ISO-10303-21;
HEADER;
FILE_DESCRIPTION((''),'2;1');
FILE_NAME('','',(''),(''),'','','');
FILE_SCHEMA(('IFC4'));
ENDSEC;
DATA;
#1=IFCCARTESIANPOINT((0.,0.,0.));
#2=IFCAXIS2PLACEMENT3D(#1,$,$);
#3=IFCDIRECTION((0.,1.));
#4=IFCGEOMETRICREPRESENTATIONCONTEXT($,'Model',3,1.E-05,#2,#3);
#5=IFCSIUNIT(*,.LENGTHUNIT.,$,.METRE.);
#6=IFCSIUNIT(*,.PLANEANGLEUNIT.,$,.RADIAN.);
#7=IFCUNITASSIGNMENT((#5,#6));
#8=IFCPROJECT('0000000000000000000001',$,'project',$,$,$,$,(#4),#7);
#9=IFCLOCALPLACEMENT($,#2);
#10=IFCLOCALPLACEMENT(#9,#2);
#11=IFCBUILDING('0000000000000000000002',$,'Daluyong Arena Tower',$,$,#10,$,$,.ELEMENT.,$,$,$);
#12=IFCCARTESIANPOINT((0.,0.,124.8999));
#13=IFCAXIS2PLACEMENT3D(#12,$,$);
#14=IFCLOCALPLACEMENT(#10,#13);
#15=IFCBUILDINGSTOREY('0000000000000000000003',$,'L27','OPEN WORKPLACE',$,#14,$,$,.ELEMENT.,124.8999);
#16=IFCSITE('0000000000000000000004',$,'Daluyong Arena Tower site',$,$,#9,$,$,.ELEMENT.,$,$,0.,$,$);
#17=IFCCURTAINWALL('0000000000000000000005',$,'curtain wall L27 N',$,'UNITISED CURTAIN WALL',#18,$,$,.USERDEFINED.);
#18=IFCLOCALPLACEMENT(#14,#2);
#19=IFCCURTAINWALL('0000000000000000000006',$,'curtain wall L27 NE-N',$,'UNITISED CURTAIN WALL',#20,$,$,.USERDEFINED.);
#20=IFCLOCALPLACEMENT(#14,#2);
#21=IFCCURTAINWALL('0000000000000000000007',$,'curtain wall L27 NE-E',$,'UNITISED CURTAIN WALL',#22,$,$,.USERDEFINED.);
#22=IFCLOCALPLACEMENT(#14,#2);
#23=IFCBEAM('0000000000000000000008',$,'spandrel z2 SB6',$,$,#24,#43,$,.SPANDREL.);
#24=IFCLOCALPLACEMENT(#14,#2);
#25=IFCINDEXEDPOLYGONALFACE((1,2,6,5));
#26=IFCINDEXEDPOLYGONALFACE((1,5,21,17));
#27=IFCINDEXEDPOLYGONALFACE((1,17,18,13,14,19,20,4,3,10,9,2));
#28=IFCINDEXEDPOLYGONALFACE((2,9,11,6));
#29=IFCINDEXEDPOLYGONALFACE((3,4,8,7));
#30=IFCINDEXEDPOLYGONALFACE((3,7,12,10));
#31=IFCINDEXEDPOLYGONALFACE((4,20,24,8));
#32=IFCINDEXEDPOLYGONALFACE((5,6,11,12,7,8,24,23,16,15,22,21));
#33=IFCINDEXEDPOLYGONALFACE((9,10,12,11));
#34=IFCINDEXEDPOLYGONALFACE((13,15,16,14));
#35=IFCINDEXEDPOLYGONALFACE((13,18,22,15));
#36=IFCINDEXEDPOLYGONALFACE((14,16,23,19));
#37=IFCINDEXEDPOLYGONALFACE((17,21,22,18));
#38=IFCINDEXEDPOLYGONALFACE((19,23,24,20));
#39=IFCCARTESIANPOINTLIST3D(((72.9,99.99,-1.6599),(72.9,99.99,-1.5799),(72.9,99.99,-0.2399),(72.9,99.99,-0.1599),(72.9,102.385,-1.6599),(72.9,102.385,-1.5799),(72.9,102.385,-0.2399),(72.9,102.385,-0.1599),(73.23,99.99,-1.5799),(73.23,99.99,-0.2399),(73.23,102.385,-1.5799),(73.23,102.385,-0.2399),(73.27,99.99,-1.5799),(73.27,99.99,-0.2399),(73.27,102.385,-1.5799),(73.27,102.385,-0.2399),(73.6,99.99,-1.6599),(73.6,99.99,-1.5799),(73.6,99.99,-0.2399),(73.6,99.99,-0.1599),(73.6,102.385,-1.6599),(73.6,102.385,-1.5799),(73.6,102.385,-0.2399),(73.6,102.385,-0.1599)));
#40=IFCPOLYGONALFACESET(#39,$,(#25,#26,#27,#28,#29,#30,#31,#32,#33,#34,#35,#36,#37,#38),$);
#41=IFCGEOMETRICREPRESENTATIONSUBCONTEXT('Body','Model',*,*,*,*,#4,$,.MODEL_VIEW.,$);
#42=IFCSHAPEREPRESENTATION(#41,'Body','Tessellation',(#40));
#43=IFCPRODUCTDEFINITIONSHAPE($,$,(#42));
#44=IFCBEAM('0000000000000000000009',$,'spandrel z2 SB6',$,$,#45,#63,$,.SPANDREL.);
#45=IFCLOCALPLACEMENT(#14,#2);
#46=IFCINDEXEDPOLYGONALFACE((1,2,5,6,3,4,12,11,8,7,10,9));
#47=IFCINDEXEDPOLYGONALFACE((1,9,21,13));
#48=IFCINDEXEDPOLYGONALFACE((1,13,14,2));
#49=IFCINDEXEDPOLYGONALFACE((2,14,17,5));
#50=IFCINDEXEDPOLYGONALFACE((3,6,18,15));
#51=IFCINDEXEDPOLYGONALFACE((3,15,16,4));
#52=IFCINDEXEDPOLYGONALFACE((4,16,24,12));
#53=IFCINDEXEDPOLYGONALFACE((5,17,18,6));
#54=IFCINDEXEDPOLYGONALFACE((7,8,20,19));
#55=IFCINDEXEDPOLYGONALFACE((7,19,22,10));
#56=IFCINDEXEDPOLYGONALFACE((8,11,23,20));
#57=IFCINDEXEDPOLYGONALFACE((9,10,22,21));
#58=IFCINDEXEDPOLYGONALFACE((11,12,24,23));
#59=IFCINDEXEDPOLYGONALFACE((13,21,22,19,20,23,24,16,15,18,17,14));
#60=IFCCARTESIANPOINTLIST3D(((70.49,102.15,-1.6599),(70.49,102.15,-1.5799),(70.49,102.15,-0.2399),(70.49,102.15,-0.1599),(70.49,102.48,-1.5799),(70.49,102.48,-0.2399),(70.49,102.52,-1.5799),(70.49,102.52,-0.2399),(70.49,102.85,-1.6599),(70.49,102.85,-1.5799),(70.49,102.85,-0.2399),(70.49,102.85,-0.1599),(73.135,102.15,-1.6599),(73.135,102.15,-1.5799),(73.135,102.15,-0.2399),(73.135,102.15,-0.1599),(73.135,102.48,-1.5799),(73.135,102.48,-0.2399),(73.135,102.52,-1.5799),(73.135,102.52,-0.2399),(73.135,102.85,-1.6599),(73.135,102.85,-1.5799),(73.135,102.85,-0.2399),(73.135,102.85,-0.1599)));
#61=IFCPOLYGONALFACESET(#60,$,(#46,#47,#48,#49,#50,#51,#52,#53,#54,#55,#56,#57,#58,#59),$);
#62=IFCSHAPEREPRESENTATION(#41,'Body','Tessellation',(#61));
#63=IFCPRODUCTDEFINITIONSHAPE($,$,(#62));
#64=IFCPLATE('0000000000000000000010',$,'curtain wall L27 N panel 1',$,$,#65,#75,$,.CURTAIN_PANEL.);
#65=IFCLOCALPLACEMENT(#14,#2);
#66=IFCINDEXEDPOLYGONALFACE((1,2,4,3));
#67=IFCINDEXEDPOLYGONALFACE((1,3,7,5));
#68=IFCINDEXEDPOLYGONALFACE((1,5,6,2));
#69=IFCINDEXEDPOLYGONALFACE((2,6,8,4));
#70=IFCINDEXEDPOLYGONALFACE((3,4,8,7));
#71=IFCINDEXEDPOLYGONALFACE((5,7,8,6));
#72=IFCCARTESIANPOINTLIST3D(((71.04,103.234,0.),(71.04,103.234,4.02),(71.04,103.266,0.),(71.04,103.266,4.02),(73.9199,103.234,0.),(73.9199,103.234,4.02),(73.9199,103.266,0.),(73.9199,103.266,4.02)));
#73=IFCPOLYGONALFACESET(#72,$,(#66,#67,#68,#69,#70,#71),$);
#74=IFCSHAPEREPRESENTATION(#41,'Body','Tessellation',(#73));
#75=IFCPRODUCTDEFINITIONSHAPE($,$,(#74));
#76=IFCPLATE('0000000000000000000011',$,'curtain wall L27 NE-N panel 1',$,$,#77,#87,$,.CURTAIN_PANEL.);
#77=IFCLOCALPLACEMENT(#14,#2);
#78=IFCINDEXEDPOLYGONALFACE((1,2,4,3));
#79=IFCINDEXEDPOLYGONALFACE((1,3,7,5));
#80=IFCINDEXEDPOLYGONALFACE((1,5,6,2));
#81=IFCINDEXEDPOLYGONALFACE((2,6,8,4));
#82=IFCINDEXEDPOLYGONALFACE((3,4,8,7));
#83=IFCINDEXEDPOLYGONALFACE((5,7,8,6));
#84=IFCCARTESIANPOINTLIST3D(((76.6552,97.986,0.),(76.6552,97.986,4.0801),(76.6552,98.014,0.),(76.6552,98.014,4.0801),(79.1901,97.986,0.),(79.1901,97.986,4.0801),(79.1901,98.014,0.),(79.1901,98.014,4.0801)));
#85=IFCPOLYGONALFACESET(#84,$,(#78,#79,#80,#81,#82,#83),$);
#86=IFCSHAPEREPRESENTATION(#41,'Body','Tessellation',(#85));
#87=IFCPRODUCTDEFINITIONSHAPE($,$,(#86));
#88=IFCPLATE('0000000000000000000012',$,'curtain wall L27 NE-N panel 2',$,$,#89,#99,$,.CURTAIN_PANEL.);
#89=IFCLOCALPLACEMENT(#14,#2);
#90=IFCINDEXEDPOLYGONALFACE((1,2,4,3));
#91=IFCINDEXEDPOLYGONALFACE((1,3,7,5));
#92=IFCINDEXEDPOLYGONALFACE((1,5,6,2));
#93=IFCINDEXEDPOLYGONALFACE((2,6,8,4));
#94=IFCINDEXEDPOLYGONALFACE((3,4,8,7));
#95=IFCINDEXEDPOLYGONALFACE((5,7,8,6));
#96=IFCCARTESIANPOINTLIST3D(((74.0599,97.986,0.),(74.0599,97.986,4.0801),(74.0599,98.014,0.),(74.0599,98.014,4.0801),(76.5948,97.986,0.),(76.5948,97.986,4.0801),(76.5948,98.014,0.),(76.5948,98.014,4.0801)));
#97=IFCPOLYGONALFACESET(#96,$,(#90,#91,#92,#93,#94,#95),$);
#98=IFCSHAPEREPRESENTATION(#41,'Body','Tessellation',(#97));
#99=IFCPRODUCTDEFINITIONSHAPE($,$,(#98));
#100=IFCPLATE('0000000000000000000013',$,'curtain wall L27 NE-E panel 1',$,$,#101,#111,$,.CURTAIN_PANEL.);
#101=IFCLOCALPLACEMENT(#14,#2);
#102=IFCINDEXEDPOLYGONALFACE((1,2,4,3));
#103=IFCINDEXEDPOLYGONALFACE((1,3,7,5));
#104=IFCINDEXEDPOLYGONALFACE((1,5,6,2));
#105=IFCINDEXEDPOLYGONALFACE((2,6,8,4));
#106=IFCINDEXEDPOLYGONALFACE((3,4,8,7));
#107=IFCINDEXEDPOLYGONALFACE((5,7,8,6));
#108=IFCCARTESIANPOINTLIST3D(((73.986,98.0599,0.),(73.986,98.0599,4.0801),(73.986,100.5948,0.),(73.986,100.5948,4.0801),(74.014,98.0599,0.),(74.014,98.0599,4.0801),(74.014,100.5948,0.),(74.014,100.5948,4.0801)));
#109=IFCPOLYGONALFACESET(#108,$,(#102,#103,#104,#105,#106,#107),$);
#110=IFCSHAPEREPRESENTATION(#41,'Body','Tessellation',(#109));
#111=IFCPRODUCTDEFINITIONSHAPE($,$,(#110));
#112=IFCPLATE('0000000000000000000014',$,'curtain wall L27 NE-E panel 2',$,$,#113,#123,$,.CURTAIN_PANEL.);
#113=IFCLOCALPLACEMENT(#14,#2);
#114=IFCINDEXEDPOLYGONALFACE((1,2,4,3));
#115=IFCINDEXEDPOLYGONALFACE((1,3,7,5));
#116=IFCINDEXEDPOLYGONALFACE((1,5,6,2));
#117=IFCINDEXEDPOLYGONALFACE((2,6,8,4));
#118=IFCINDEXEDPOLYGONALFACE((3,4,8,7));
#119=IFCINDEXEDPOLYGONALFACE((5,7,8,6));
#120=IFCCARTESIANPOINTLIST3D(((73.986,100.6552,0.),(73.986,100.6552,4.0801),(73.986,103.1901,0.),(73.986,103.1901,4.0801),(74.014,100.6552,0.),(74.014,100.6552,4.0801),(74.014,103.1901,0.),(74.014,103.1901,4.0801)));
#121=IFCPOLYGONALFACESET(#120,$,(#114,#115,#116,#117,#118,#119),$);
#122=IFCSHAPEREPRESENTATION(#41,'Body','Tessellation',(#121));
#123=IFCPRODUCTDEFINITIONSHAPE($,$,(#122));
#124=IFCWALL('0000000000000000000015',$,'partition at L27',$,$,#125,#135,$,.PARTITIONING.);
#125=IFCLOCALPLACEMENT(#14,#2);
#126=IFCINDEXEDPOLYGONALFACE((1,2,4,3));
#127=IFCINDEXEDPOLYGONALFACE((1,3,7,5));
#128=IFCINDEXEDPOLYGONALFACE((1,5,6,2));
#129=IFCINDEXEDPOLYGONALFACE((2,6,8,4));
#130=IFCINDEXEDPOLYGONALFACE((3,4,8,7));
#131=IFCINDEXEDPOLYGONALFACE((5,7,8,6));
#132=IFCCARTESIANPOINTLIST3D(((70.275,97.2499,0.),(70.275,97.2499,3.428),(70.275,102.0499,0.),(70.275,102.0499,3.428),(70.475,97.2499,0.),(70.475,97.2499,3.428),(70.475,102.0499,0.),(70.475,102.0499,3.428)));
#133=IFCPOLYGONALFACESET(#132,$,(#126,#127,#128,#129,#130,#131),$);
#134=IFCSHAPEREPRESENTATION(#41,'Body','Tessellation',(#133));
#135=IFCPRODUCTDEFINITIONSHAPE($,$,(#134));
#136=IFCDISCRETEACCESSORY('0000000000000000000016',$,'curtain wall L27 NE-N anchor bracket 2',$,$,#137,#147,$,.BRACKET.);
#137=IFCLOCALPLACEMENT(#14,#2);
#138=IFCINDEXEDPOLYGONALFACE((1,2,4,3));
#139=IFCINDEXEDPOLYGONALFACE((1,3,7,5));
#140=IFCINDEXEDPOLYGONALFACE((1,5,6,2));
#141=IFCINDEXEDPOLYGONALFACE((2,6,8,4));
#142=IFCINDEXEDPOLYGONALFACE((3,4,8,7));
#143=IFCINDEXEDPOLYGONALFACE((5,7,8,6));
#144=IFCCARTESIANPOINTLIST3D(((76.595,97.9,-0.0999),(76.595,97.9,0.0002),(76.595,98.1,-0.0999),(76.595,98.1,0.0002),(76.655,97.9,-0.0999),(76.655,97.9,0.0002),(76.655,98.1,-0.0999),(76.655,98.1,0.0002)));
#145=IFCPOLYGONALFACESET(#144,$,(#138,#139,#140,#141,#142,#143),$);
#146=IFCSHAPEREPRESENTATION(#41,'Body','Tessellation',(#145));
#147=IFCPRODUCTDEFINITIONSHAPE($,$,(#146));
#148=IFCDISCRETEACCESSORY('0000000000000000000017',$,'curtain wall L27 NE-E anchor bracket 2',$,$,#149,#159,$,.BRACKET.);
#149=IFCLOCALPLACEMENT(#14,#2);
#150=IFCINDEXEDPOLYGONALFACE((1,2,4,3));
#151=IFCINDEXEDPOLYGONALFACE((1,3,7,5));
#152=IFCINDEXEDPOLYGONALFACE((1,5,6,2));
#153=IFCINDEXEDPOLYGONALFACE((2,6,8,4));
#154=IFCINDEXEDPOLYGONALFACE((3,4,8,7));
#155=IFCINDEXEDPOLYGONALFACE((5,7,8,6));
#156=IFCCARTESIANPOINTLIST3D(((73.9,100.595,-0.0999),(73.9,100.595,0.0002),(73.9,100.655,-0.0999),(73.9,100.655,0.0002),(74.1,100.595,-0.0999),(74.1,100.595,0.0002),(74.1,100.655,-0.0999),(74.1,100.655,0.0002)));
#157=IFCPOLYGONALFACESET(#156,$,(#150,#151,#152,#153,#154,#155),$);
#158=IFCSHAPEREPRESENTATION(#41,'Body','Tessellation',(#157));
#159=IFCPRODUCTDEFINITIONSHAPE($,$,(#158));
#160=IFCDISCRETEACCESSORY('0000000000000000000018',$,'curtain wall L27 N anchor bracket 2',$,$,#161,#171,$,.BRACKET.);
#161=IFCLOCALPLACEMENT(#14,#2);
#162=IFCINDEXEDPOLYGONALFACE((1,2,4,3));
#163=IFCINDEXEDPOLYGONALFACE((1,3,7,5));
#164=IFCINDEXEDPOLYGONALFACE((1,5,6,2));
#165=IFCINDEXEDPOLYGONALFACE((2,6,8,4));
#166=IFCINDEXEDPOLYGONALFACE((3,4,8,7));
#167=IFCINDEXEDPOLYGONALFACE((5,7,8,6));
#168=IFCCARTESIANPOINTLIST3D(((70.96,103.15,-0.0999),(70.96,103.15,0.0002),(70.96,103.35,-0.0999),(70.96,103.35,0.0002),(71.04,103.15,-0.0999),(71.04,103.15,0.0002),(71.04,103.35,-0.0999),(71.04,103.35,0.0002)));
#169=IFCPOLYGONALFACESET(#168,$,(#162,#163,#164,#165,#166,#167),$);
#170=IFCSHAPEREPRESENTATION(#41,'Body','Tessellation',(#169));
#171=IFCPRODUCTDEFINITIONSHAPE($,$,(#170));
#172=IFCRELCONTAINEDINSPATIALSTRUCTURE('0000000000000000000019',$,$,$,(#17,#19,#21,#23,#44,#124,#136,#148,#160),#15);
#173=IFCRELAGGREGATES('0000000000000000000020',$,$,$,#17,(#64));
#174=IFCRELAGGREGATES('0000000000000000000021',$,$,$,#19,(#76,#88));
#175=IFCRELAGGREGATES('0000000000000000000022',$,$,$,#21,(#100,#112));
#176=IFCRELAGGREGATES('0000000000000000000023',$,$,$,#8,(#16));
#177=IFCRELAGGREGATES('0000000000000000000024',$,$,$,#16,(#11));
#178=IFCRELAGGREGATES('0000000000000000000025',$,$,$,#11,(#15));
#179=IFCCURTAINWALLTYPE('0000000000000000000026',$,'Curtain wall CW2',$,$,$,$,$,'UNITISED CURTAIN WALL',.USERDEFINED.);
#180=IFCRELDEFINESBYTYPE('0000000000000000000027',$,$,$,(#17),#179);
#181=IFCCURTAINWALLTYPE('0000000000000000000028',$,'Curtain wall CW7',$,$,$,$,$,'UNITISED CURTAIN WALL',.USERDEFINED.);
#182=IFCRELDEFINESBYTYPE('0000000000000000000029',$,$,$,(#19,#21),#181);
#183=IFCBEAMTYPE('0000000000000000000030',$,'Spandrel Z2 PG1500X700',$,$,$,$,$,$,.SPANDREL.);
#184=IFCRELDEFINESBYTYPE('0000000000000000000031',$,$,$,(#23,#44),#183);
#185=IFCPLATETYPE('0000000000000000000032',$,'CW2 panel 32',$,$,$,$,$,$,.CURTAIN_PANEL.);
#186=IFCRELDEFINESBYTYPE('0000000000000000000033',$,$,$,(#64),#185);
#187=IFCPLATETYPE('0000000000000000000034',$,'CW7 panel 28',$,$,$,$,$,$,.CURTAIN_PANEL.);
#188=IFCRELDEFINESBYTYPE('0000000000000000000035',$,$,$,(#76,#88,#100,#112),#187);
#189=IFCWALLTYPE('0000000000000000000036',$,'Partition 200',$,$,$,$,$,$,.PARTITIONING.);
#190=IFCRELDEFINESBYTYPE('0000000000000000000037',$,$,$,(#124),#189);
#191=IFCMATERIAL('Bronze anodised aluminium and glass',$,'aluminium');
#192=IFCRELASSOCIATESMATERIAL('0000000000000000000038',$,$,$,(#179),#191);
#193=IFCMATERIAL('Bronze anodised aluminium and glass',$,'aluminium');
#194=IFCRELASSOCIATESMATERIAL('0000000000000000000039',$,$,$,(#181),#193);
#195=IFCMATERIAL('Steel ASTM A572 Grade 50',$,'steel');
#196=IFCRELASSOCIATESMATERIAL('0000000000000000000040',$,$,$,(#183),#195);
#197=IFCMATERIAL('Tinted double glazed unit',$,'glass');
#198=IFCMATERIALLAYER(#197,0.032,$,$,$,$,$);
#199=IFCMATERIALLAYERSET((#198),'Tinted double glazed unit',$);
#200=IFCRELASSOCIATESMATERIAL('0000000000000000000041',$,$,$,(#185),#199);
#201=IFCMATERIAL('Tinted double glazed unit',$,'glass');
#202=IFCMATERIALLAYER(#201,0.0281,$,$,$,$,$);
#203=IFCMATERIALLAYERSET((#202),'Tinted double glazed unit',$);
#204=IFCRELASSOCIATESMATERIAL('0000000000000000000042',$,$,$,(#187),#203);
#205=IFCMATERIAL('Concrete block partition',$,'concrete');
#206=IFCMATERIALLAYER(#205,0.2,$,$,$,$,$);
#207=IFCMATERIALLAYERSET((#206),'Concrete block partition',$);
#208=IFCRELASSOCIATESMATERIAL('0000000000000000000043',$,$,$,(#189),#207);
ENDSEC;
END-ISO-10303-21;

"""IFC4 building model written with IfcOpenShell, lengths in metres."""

from ifc_helpers import new_model, si_unit, direction, frame, frame_2d, origin, origin_2d, place, context, subcontext, project, spatial, rectangle, i_section, extrude, material, layer, layer_set, material_profile, profile_set, type_object, element, aggregate, save


model = new_model("IFC4")

# Units and contexts
model_context = context("Model", 3, precision=1e-05, world=origin(), true_north=direction((0.0, 1.0)))
body_context = subcontext(model_context, "Body", "Model", "MODEL_VIEW")
ifc_project = project(units=[si_unit("LENGTHUNIT", "METRE"), si_unit("PLANEANGLEUNIT", "RADIAN")], contexts=[model_context])

# Site, building, storey
site_placement = place(None, origin())
site = spatial("IfcSite", under=ifc_project, at=site_placement, Name="Daluyong Arena Tower site", CompositionType="ELEMENT", RefElevation=0.0)
building_placement = place(site_placement, origin())
building = spatial("IfcBuilding", under=site, at=building_placement, Name="Daluyong Arena Tower", CompositionType="ELEMENT")
storey_placement = place(building_placement, frame((0.0, 0.0, 124.8999)))
storey = spatial("IfcBuildingStorey", under=building, at=storey_placement, Name="L27", Description="OPEN WORKPLACE", CompositionType="ELEMENT", Elevation=124.8999)

# Shared definitions
ifc_material_1 = material(Name="Bronze anodised aluminium and glass", Category="aluminium")
curtain_wall_type_1 = type_object("IfcCurtainWallType", Name="Curtain wall CW2", ElementType="UNITISED CURTAIN WALL", PredefinedType="USERDEFINED", material=ifc_material_1)

# Curtain walls
curtain_wall_1_placement = place(storey_placement, origin())
curtain_wall_1 = element("IfcCurtainWall", 1, at=curtain_wall_1_placement, inside=storey, type_object=curtain_wall_type_1, Name="curtain wall L27 N", ObjectType="UNITISED CURTAIN WALL", PredefinedType="USERDEFINED")
ifc_material_2 = material(Name="Bronze anodised aluminium and glass", Category="aluminium")
curtain_wall_type_2 = type_object("IfcCurtainWallType", Name="Curtain wall CW7", ElementType="UNITISED CURTAIN WALL", PredefinedType="USERDEFINED", material=ifc_material_2)
curtain_wall_2_placement = place(storey_placement, origin())
curtain_wall_2 = element("IfcCurtainWall", 2, at=curtain_wall_2_placement, inside=storey, type_object=curtain_wall_type_2, Name="curtain wall L27 NE-N", ObjectType="UNITISED CURTAIN WALL", PredefinedType="USERDEFINED")
curtain_wall_3_placement = place(storey_placement, origin())
curtain_wall_3 = element("IfcCurtainWall", 3, at=curtain_wall_3_placement, inside=storey, type_object=curtain_wall_type_2, Name="curtain wall L27 NE-E", ObjectType="UNITISED CURTAIN WALL", PredefinedType="USERDEFINED")

# Beams
ifc_material_3 = material(Name="Steel ASTM A572 Grade 50", Category="steel")
ifc_material_profile_1 = material_profile(ifc_material_3, i_section(OverallWidth=0.7, OverallDepth=1.5, WebThickness=0.04, FlangeThickness=0.08, at=origin_2d()))
ifc_profile_set_1 = profile_set([ifc_material_profile_1], Name="Steel ASTM A572 Grade 50")
beam_type_1 = type_object("IfcBeamType", Name="Spandrel Z2 PG1500X700", PredefinedType="SPANDREL", material=ifc_profile_set_1)
for number, where, z_axis, x_axis, name in (
    (4, (73.25, 99.99, -0.9099), (0.0, 1.0, 0.0), (-1.0, 0.0, 0.0), "spandrel z2 SB6"),
):
    element("IfcBeam", number, at=place(storey_placement, frame(where, z_axis=z_axis, x_axis=x_axis)), inside=storey, type_object=beam_type_1, Name=name, PredefinedType="SPANDREL", context=body_context, shape_type="SweptSolid", body=[
        extrude(i_section(OverallWidth=0.7, OverallDepth=1.5, WebThickness=0.04, FlangeThickness=0.08, at=origin_2d()), origin(), (0.0, 0.0, 1.0), 2.395),
    ])
beam_1_placement = place(storey_placement, frame((73.135, 102.5, -0.9099), z_axis=(-1.0, 0.0, 0.0), x_axis=(0.0, -1.0, 0.0)))
element("IfcBeam", 5, at=beam_1_placement, inside=storey, type_object=beam_type_1, Name="spandrel z2 SB6", PredefinedType="SPANDREL", context=body_context, shape_type="SweptSolid", body=[
    extrude(i_section(OverallWidth=0.7, OverallDepth=1.5, WebThickness=0.04, FlangeThickness=0.08, at=origin_2d()), origin(), (0.0, 0.0, 1.0), 2.645),
])

# Plates
ifc_material_4 = material(Name="Tinted double glazed unit", Category="glass")
ifc_layer_1 = layer(ifc_material_4, 0.032)
ifc_layer_set_1 = layer_set([ifc_layer_1], Name="Tinted double glazed unit")
plate_type_1 = type_object("IfcPlateType", Name="CW2 panel 32", PredefinedType="CURTAIN_PANEL", material=ifc_layer_set_1)
plate_1_placement = place(storey_placement, frame((72.48, 103.25, 0.0), z_axis=(0.0, 0.0, 1.0), x_axis=(-1.0, 0.0, 0.0)))
plate_1 = element("IfcPlate", 6, at=plate_1_placement, type_object=plate_type_1, Name="curtain wall L27 N panel 1", PredefinedType="CURTAIN_PANEL", context=body_context, shape_type="SweptSolid", body=[
    extrude(rectangle(XDim=2.8799, YDim=0.032, at=origin_2d()), origin(), (0.0, 0.0, 1.0), 4.02),
])
aggregate(curtain_wall_1, [plate_1])
ifc_material_5 = material(Name="Tinted double glazed unit", Category="glass")
ifc_layer_2 = layer(ifc_material_5, 0.0281)
ifc_layer_set_2 = layer_set([ifc_layer_2], Name="Tinted double glazed unit")
plate_type_2 = type_object("IfcPlateType", Name="CW7 panel 28", PredefinedType="CURTAIN_PANEL", material=ifc_layer_set_2)
plate_2_placement = place(storey_placement, frame((77.9226, 98.0, 0.0), z_axis=(0.0, 0.0, 1.0), x_axis=(-1.0, 0.0, 0.0)))
plate_2 = element("IfcPlate", 7, at=plate_2_placement, type_object=plate_type_2, Name="curtain wall L27 NE-N panel 1", PredefinedType="CURTAIN_PANEL", context=body_context, shape_type="SweptSolid", body=[
    extrude(rectangle(XDim=2.5349, YDim=0.0281, at=origin_2d()), origin(), (0.0, 0.0, 1.0), 4.0801),
])
plate_3_placement = place(storey_placement, frame((75.3274, 98.0, 0.0), z_axis=(0.0, 0.0, 1.0), x_axis=(-1.0, 0.0, 0.0)))
plate_3 = element("IfcPlate", 8, at=plate_3_placement, type_object=plate_type_2, Name="curtain wall L27 NE-N panel 2", PredefinedType="CURTAIN_PANEL", context=body_context, shape_type="SweptSolid", body=[
    extrude(rectangle(XDim=2.5349, YDim=0.0281, at=origin_2d()), origin(), (0.0, 0.0, 1.0), 4.0801),
])
aggregate(curtain_wall_2, [plate_2, plate_3])
plate_4_placement = place(storey_placement, frame((74.0, 99.3274, 0.0), z_axis=(0.0, 0.0, 1.0), x_axis=(0.0, 1.0, 0.0)))
plate_4 = element("IfcPlate", 9, at=plate_4_placement, type_object=plate_type_2, Name="curtain wall L27 NE-E panel 1", PredefinedType="CURTAIN_PANEL", context=body_context, shape_type="SweptSolid", body=[
    extrude(rectangle(XDim=2.5349, YDim=0.0281, at=origin_2d()), origin(), (0.0, 0.0, 1.0), 4.0801),
])
plate_5_placement = place(storey_placement, frame((74.0, 101.9226, 0.0), z_axis=(0.0, 0.0, 1.0), x_axis=(0.0, 1.0, 0.0)))
plate_5 = element("IfcPlate", 10, at=plate_5_placement, type_object=plate_type_2, Name="curtain wall L27 NE-E panel 2", PredefinedType="CURTAIN_PANEL", context=body_context, shape_type="SweptSolid", body=[
    extrude(rectangle(XDim=2.5349, YDim=0.0281, at=origin_2d()), origin(), (0.0, 0.0, 1.0), 4.0801),
])
aggregate(curtain_wall_3, [plate_4, plate_5])

# Wall
ifc_material_6 = material(Name="Concrete block partition", Category="concrete")
ifc_layer_3 = layer(ifc_material_6, 0.2)
ifc_layer_set_3 = layer_set([ifc_layer_3], Name="Concrete block partition")
wall_type = type_object("IfcWallType", Name="Partition 200", PredefinedType="PARTITIONING", material=ifc_layer_set_3)
wall_placement = place(storey_placement, frame((70.375, 97.25, 0.0), z_axis=(0.0, 0.0, 1.0), x_axis=(0.0, 1.0, 0.0)))
element("IfcWall", 11, at=wall_placement, inside=storey, type_object=wall_type, Name="partition at L27", PredefinedType="PARTITIONING", context=body_context, shape_type="SweptSolid", body=[
    extrude(rectangle(XDim=4.8, YDim=0.2, at=frame_2d((2.3999, 0.0))), origin(), (0.0, 0.0, 1.0), 3.428),
])

# Discrete accessories
for number, where, z_axis, x_axis, name in (
    (12, (76.625, 98.0, -0.0999), (0.0, 0.0, 1.0), (-1.0, 0.0, 0.0), "curtain wall L27 NE-N anchor bracket 2"),
    (13, (74.0, 100.625, -0.0999), (0.0, 0.0, 1.0), (0.0, 1.0, 0.0), "curtain wall L27 NE-E anchor bracket 2"),
):
    element("IfcDiscreteAccessory", number, at=place(storey_placement, frame(where, z_axis=z_axis, x_axis=x_axis)), inside=storey, Name=name, PredefinedType="BRACKET", context=body_context, shape_type="SweptSolid", body=[
        extrude(rectangle(XDim=0.0601, YDim=0.2, at=origin_2d()), origin(), (0.0, 0.0, 1.0), 0.1001),
    ])
discrete_accessory_placement = place(storey_placement, frame((71.0, 103.25, -0.0999), z_axis=(0.0, 0.0, 1.0), x_axis=(-1.0, 0.0, 0.0)))
element("IfcDiscreteAccessory", 14, at=discrete_accessory_placement, inside=storey, Name="curtain wall L27 N anchor bracket 2", PredefinedType="BRACKET", context=body_context, shape_type="SweptSolid", body=[
    extrude(rectangle(XDim=0.0801, YDim=0.2, at=origin_2d()), origin(), (0.0, 0.0, 1.0), 0.1001),
])

save(model, "model.ifc")
